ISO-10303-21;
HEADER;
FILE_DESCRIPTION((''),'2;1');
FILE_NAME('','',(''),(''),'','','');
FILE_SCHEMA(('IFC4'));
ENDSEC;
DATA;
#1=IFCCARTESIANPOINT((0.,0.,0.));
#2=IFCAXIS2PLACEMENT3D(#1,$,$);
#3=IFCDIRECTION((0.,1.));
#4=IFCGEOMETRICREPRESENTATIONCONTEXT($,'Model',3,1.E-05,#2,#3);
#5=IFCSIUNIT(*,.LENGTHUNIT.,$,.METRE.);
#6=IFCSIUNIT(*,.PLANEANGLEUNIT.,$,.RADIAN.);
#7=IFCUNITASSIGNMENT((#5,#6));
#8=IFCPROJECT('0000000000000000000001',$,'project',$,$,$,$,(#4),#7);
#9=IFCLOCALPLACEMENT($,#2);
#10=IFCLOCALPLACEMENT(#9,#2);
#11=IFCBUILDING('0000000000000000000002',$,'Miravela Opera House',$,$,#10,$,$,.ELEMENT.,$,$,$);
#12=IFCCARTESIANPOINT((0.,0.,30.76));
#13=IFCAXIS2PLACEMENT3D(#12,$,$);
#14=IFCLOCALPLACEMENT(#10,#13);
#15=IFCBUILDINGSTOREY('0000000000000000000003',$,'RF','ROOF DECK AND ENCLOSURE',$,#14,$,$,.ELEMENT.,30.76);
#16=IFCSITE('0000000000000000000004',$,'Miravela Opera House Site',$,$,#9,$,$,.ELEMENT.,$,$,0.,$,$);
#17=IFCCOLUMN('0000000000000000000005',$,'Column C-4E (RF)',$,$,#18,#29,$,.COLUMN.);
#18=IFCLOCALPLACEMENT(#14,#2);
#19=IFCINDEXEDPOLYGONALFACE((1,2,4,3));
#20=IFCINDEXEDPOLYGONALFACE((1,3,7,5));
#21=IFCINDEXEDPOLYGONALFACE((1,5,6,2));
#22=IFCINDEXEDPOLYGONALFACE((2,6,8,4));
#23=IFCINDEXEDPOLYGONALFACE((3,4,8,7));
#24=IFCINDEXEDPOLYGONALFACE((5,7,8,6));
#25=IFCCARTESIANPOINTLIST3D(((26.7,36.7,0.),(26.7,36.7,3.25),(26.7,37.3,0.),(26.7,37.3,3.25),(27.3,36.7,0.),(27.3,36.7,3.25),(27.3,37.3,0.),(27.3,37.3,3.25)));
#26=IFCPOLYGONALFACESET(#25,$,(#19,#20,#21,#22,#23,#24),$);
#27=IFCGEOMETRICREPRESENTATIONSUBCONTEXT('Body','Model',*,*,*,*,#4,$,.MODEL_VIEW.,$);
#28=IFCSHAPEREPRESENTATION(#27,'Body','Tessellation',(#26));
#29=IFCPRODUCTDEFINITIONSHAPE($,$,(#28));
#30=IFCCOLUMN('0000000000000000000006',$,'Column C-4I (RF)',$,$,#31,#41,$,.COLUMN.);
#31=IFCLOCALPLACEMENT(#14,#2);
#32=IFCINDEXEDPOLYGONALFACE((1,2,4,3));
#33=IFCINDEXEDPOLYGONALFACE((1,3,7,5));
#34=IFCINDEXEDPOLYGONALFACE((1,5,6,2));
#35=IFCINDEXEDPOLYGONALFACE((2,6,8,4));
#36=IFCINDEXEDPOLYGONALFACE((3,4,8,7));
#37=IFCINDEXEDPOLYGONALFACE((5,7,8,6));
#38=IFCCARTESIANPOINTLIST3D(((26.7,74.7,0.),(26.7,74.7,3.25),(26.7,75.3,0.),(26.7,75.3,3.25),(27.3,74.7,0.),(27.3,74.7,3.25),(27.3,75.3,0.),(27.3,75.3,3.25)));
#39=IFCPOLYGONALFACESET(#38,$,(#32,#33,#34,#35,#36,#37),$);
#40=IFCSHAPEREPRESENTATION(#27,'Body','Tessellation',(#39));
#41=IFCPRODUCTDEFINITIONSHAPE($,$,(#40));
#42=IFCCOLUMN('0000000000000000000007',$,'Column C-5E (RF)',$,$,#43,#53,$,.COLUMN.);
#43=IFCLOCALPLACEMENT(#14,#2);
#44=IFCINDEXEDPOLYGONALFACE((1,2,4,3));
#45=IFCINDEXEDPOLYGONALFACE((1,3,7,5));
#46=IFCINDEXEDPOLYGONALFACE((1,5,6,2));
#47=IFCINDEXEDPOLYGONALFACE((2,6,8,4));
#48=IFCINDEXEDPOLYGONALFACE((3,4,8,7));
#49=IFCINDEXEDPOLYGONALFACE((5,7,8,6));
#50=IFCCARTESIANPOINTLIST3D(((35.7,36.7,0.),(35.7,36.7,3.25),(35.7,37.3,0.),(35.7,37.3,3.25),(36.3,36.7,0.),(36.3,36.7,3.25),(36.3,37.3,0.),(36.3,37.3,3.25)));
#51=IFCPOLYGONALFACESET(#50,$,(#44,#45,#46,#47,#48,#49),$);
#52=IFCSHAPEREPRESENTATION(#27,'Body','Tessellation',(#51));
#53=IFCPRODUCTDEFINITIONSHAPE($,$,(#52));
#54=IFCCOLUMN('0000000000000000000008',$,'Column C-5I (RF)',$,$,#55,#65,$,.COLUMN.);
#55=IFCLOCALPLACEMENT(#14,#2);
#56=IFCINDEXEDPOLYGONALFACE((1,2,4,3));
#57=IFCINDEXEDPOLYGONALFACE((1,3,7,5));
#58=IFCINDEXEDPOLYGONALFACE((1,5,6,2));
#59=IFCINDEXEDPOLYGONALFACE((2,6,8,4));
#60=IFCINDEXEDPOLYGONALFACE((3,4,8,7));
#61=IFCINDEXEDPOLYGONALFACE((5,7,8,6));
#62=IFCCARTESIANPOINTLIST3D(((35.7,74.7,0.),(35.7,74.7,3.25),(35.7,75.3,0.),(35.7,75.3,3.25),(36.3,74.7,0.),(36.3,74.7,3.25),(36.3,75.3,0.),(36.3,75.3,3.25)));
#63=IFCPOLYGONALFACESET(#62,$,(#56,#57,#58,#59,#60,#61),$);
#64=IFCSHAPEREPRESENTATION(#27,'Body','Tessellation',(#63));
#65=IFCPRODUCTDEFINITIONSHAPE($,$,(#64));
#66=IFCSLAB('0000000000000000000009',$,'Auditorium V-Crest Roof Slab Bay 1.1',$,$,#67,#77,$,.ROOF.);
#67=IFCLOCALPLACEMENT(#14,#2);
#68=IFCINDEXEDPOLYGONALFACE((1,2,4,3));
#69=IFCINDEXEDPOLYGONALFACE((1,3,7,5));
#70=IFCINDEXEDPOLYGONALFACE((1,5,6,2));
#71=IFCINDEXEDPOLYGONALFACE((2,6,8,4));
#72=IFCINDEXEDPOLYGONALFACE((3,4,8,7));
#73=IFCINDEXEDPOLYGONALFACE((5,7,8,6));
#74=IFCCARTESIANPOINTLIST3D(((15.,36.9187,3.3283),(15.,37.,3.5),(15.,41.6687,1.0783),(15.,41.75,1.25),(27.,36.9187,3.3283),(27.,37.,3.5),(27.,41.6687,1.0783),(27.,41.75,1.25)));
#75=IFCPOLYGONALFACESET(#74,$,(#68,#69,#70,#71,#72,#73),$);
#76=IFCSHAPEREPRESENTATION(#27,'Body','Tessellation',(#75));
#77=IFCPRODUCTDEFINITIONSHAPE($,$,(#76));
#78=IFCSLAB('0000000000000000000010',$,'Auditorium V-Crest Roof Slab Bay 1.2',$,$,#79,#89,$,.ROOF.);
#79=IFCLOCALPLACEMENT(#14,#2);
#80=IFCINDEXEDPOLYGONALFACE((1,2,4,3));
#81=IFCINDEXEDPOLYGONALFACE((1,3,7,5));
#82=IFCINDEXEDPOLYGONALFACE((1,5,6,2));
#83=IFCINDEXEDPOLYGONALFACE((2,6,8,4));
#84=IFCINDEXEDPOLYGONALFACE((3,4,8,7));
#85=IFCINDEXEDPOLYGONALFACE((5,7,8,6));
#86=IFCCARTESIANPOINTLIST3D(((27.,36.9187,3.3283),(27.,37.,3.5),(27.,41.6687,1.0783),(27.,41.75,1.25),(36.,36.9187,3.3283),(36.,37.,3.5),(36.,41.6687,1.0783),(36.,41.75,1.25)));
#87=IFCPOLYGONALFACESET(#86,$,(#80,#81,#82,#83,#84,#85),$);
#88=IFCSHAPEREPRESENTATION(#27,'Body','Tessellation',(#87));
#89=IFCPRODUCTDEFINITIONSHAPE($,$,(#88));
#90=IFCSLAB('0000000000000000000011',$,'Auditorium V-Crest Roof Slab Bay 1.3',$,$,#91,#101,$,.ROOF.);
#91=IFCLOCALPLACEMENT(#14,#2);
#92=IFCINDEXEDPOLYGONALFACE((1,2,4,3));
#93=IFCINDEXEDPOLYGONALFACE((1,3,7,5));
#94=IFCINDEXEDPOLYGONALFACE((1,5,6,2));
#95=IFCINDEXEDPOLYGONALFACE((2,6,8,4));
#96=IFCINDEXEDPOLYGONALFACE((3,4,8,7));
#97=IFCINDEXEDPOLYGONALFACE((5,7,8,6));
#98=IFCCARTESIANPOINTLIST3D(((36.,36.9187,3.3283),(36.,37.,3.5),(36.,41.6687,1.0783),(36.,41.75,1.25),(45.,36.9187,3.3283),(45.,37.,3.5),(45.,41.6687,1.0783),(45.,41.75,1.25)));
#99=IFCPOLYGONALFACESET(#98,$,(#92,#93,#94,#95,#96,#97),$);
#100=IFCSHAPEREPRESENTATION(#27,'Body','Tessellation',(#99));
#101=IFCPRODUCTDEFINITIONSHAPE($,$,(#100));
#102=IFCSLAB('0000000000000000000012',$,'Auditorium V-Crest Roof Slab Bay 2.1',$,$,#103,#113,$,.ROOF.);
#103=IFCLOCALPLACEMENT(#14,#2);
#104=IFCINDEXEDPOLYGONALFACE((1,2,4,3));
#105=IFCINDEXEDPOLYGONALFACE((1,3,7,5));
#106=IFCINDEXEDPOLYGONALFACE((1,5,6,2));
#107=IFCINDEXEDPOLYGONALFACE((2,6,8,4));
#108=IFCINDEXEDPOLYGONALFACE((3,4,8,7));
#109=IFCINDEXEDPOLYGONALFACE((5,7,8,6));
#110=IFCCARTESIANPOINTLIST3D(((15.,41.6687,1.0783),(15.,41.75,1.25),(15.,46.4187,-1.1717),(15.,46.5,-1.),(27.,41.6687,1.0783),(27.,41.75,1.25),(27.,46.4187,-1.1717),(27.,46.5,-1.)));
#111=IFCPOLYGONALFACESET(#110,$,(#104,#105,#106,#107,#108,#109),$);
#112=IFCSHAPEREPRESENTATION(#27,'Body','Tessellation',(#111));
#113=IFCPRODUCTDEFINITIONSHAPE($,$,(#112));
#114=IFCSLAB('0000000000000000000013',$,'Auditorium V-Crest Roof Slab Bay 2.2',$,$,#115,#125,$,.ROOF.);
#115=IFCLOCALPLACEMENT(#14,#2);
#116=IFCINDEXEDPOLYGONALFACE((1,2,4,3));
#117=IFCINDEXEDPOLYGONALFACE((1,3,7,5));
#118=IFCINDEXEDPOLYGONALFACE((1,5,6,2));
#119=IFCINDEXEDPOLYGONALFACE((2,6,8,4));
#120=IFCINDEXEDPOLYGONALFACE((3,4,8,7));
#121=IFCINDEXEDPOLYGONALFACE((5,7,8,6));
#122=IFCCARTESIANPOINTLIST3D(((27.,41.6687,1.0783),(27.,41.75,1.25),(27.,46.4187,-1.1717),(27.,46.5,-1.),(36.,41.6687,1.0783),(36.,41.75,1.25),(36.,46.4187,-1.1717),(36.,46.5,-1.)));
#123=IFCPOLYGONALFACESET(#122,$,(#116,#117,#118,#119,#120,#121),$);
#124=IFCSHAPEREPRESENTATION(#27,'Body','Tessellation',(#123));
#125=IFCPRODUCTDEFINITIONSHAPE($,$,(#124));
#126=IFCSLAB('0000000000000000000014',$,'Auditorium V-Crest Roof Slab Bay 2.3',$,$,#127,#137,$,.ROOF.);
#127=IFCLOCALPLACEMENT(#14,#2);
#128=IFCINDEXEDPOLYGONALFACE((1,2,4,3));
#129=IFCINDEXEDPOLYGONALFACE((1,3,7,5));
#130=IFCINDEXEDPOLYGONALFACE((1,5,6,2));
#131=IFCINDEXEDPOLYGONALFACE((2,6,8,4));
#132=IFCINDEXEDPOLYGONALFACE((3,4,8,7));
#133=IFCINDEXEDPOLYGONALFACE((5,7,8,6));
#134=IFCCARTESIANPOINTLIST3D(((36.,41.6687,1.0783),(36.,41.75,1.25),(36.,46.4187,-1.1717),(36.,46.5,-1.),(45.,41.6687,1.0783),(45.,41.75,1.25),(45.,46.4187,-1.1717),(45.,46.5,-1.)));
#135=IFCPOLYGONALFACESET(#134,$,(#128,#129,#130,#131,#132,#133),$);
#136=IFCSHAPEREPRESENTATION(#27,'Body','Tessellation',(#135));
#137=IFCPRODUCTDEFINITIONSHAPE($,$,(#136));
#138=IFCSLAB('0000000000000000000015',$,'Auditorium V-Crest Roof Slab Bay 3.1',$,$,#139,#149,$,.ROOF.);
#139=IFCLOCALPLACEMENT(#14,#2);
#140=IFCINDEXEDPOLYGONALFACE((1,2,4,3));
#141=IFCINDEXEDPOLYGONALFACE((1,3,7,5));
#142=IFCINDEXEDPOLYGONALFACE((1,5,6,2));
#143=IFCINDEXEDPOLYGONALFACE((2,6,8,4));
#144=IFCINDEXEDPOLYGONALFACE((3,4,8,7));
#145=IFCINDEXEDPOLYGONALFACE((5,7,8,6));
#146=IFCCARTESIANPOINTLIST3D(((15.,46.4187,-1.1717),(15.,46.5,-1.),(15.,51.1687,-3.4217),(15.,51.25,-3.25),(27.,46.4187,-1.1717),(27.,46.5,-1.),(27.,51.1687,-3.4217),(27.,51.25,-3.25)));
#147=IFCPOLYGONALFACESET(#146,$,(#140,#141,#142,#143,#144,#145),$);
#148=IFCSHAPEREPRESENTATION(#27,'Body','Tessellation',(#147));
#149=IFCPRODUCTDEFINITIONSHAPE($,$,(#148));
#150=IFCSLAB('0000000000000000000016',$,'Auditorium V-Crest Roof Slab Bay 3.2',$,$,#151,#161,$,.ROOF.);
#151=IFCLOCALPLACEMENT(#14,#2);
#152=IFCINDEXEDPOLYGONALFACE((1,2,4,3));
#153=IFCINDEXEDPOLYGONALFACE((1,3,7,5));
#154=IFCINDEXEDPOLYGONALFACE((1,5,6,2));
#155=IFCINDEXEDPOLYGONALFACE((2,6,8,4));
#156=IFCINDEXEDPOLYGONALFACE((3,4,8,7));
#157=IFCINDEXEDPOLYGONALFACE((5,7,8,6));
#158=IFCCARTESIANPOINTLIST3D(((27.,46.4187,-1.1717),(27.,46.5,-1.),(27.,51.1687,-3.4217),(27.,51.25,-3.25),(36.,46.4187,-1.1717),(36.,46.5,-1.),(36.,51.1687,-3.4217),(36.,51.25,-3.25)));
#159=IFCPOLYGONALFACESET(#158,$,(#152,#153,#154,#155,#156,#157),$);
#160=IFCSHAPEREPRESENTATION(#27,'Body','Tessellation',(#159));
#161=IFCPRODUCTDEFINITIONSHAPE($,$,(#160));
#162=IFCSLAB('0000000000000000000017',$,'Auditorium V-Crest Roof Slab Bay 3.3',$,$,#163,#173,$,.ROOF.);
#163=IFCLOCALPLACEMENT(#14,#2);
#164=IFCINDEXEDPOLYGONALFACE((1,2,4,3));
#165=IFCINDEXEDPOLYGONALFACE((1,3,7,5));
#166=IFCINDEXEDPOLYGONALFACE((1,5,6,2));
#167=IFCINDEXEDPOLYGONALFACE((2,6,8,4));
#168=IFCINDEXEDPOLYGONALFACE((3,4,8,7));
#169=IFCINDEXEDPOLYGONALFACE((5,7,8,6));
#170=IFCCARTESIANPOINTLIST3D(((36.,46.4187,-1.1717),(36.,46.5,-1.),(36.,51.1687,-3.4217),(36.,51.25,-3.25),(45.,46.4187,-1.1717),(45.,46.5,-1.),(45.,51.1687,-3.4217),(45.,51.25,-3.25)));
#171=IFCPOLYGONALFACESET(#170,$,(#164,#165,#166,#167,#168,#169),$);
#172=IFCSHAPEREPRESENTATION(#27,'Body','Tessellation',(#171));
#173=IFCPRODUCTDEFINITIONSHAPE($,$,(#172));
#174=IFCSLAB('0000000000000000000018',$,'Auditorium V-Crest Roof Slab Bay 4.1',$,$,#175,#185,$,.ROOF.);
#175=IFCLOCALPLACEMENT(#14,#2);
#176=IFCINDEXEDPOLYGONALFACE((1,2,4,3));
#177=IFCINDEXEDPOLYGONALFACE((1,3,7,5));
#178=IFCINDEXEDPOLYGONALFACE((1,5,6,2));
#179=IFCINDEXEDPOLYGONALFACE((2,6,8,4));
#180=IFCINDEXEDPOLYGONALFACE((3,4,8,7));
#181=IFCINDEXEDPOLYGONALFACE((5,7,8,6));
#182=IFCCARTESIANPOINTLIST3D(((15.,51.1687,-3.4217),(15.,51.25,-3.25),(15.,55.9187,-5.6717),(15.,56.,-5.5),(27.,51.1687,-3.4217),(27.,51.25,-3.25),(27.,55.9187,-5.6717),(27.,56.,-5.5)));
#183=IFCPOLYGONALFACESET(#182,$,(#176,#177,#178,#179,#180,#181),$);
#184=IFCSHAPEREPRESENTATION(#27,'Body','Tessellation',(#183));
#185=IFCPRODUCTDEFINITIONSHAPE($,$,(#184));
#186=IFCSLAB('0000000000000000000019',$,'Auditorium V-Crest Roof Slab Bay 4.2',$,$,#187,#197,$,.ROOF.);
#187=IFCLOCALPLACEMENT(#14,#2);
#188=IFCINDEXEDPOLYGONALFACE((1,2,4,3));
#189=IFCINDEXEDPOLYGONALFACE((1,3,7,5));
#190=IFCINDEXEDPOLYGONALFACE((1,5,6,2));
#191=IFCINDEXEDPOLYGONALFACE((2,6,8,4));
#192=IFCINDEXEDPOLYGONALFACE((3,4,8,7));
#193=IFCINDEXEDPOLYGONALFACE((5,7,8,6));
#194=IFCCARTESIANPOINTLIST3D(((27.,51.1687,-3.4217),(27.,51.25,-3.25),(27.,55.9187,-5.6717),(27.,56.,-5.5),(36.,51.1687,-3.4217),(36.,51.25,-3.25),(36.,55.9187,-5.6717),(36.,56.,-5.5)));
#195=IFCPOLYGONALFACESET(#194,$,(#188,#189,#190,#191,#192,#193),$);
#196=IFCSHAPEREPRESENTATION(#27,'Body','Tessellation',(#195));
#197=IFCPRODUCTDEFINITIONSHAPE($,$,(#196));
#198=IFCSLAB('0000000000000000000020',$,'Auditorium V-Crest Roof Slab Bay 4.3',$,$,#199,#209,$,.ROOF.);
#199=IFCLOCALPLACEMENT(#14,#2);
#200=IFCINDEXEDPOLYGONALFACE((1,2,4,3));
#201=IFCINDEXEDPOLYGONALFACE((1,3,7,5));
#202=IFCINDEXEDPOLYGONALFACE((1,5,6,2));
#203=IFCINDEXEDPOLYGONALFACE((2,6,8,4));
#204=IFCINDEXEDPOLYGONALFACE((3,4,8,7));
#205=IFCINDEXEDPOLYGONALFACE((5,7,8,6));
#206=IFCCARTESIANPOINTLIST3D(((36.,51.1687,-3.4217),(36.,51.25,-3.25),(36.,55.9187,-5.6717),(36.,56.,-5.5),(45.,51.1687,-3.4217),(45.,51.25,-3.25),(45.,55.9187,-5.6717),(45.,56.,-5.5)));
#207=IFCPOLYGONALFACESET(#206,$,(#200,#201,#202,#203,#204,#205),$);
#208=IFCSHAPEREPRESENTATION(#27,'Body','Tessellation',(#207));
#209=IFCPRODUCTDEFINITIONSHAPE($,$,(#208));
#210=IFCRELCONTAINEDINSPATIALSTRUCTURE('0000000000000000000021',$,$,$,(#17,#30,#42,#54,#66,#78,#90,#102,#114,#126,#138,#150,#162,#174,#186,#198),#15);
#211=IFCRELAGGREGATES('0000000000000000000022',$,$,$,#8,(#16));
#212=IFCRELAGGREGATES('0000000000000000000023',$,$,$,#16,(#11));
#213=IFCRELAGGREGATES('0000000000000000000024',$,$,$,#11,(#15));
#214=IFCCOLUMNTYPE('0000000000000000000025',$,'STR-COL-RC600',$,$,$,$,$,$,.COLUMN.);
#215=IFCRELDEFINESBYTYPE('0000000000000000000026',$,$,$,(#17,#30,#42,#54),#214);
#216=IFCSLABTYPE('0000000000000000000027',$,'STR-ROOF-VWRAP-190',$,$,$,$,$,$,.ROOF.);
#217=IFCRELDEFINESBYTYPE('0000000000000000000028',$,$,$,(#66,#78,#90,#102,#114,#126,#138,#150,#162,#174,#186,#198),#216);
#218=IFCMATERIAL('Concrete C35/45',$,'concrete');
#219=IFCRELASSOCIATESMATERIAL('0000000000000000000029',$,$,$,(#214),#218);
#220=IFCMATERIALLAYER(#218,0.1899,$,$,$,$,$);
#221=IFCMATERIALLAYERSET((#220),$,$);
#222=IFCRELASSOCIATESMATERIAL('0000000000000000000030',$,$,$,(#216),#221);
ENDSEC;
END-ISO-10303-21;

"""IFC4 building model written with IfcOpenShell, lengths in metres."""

from ifc_helpers import new_model, si_unit, direction, frame, origin, origin_2d, place, context, subcontext, project, spatial, polyline, rectangle, outline, extrude, material, layer, layer_set, material_profile, profile_set, type_object, element, save


model = new_model("IFC4")

# Units and contexts
model_context = context("Model", 3, precision=1e-05, world=origin(), true_north=direction((0.0, 1.0)))
body_context = subcontext(model_context, "Body", "Model", "MODEL_VIEW")
ifc_project = project(units=[si_unit("LENGTHUNIT", "METRE"), si_unit("PLANEANGLEUNIT", "RADIAN")], contexts=[model_context])

# Site, building, storey
site_placement = place(None, origin())
site = spatial("IfcSite", under=ifc_project, at=site_placement, Name="Miravela Opera House Site", CompositionType="ELEMENT", RefElevation=0.0)
building_placement = place(site_placement, origin())
building = spatial("IfcBuilding", under=site, at=building_placement, Name="Miravela Opera House", CompositionType="ELEMENT")
storey_placement = place(building_placement, frame((0.0, 0.0, 30.76)))
storey = spatial("IfcBuildingStorey", under=building, at=storey_placement, Name="RF", Description="ROOF DECK AND ENCLOSURE", CompositionType="ELEMENT", Elevation=30.76)

# Columns
ifc_material = material(Name="Concrete C35/45", Category="concrete")
ifc_material_profile = material_profile(ifc_material, rectangle(XDim=0.6001, YDim=0.6001, at=origin_2d()), Name="RC-COL-600X600")
ifc_profile_set = profile_set([ifc_material_profile])
column_type = type_object("IfcColumnType", Name="STR-COL-RC600", PredefinedType="COLUMN", material=ifc_profile_set)
for number, where, z_axis, x_axis, name in (
    (1, (27.0, 37.0, 0.0), (0.0, 0.0, 1.0), (1.0, 0.0, 0.0), "Column C-4E (RF)"),
    (2, (27.0, 75.0, 0.0), (0.0, 0.0, 1.0), (1.0, 0.0, 0.0), "Column C-4I (RF)"),
    (3, (36.0, 37.0, 0.0), (0.0, 0.0, 1.0), (1.0, 0.0, 0.0), "Column C-5E (RF)"),
    (4, (36.0, 75.0, 0.0), (0.0, 0.0, 1.0), (1.0, 0.0, 0.0), "Column C-5I (RF)"),
):
    element("IfcColumn", number, at=place(storey_placement, frame(where, z_axis=z_axis, x_axis=x_axis)), inside=storey, type_object=column_type, Name=name, PredefinedType="COLUMN", context=body_context, shape_type="SweptSolid", body=[
        extrude(rectangle(XDim=0.6001, YDim=0.6001, at=origin_2d()), origin(), (0.0, 0.0, 1.0), 3.25),
    ])

# Slabs
ifc_layer = layer(ifc_material, 0.1899)
ifc_layer_set = layer_set([ifc_layer])
slab_type = type_object("IfcSlabType", Name="STR-ROOF-VWRAP-190", PredefinedType="ROOF", material=ifc_layer_set)
slab_1_placement = place(storey_placement, frame((15.0, 37.0, 3.5), z_axis=(0.0, 0.428086, 0.903738), x_axis=(1.0, 0.0, 0.0)))
element("IfcSlab", 5, at=slab_1_placement, inside=storey, type_object=slab_type, Name="Auditorium V-Crest Roof Slab Bay 1.1", PredefinedType="ROOF", context=body_context, shape_type="SweptSolid", body=[
    extrude(outline(polyline([(0.0, 0.0), (12.0, 0.0), (12.0, 5.2559), (0.0, 5.2559), (0.0, 0.0)])), origin(), (0.0, 0.0, -1.0), 0.1899),
])
for number, where, z_axis, x_axis, name in (
    (6, (27.0, 37.0, 3.5), (0.0, 0.428086, 0.903738), (1.0, 0.0, 0.0), "Auditorium V-Crest Roof Slab Bay 1.2"),
    (7, (36.0, 37.0, 3.5), (0.0, 0.428086, 0.903738), (1.0, 0.0, 0.0), "Auditorium V-Crest Roof Slab Bay 1.3"),
):
    element("IfcSlab", number, at=place(storey_placement, frame(where, z_axis=z_axis, x_axis=x_axis)), inside=storey, type_object=slab_type, Name=name, PredefinedType="ROOF", context=body_context, shape_type="SweptSolid", body=[
        extrude(outline(polyline([(0.0, 0.0), (9.0, 0.0), (9.0, 5.2559), (0.0, 5.2559), (0.0, 0.0)])), origin(), (0.0, 0.0, -1.0), 0.1899),
    ])
slab_2_placement = place(storey_placement, frame((15.0, 41.75, 1.25), z_axis=(0.0, 0.428086, 0.903738), x_axis=(1.0, 0.0, 0.0)))
element("IfcSlab", 8, at=slab_2_placement, inside=storey, type_object=slab_type, Name="Auditorium V-Crest Roof Slab Bay 2.1", PredefinedType="ROOF", context=body_context, shape_type="SweptSolid", body=[
    extrude(outline(polyline([(0.0, 0.0), (12.0, 0.0), (12.0, 5.2559), (0.0, 5.2559), (0.0, 0.0)])), origin(), (0.0, 0.0, -1.0), 0.1899),
])
for number, where, z_axis, x_axis, name in (
    (9, (27.0, 41.75, 1.25), (0.0, 0.428086, 0.903738), (1.0, 0.0, 0.0), "Auditorium V-Crest Roof Slab Bay 2.2"),
    (10, (36.0, 41.75, 1.25), (0.0, 0.428086, 0.903738), (1.0, 0.0, 0.0), "Auditorium V-Crest Roof Slab Bay 2.3"),
):
    element("IfcSlab", number, at=place(storey_placement, frame(where, z_axis=z_axis, x_axis=x_axis)), inside=storey, type_object=slab_type, Name=name, PredefinedType="ROOF", context=body_context, shape_type="SweptSolid", body=[
        extrude(outline(polyline([(0.0, 0.0), (9.0, 0.0), (9.0, 5.2559), (0.0, 5.2559), (0.0, 0.0)])), origin(), (0.0, 0.0, -1.0), 0.1899),
    ])
slab_3_placement = place(storey_placement, frame((15.0, 46.5, -1.0), z_axis=(0.0, 0.428086, 0.903738), x_axis=(1.0, 0.0, 0.0)))
element("IfcSlab", 11, at=slab_3_placement, inside=storey, type_object=slab_type, Name="Auditorium V-Crest Roof Slab Bay 3.1", PredefinedType="ROOF", context=body_context, shape_type="SweptSolid", body=[
    extrude(outline(polyline([(0.0, 0.0), (12.0, 0.0), (12.0, 5.2559), (0.0, 5.2559), (0.0, 0.0)])), origin(), (0.0, 0.0, -1.0), 0.1899),
])
for number, where, z_axis, x_axis, name in (
    (12, (27.0, 46.5, -1.0), (0.0, 0.428086, 0.903738), (1.0, 0.0, 0.0), "Auditorium V-Crest Roof Slab Bay 3.2"),
    (13, (36.0, 46.5, -1.0), (0.0, 0.428086, 0.903738), (1.0, 0.0, 0.0), "Auditorium V-Crest Roof Slab Bay 3.3"),
):
    element("IfcSlab", number, at=place(storey_placement, frame(where, z_axis=z_axis, x_axis=x_axis)), inside=storey, type_object=slab_type, Name=name, PredefinedType="ROOF", context=body_context, shape_type="SweptSolid", body=[
        extrude(outline(polyline([(0.0, 0.0), (9.0, 0.0), (9.0, 5.2559), (0.0, 5.2559), (0.0, 0.0)])), origin(), (0.0, 0.0, -1.0), 0.1899),
    ])
slab_4_placement = place(storey_placement, frame((15.0, 51.25, -3.25), z_axis=(0.0, 0.428086, 0.903738), x_axis=(1.0, 0.0, 0.0)))
element("IfcSlab", 14, at=slab_4_placement, inside=storey, type_object=slab_type, Name="Auditorium V-Crest Roof Slab Bay 4.1", PredefinedType="ROOF", context=body_context, shape_type="SweptSolid", body=[
    extrude(outline(polyline([(0.0, 0.0), (12.0, 0.0), (12.0, 5.2559), (0.0, 5.2559), (0.0, 0.0)])), origin(), (0.0, 0.0, -1.0), 0.1899),
])
for number, where, z_axis, x_axis, name in (
    (15, (27.0, 51.25, -3.25), (0.0, 0.428086, 0.903738), (1.0, 0.0, 0.0), "Auditorium V-Crest Roof Slab Bay 4.2"),
    (16, (36.0, 51.25, -3.25), (0.0, 0.428086, 0.903738), (1.0, 0.0, 0.0), "Auditorium V-Crest Roof Slab Bay 4.3"),
):
    element("IfcSlab", number, at=place(storey_placement, frame(where, z_axis=z_axis, x_axis=x_axis)), inside=storey, type_object=slab_type, Name=name, PredefinedType="ROOF", context=body_context, shape_type="SweptSolid", body=[
        extrude(outline(polyline([(0.0, 0.0), (9.0, 0.0), (9.0, 5.2559), (0.0, 5.2559), (0.0, 0.0)])), origin(), (0.0, 0.0, -1.0), 0.1899),
    ])

save(model, "model.ifc")
